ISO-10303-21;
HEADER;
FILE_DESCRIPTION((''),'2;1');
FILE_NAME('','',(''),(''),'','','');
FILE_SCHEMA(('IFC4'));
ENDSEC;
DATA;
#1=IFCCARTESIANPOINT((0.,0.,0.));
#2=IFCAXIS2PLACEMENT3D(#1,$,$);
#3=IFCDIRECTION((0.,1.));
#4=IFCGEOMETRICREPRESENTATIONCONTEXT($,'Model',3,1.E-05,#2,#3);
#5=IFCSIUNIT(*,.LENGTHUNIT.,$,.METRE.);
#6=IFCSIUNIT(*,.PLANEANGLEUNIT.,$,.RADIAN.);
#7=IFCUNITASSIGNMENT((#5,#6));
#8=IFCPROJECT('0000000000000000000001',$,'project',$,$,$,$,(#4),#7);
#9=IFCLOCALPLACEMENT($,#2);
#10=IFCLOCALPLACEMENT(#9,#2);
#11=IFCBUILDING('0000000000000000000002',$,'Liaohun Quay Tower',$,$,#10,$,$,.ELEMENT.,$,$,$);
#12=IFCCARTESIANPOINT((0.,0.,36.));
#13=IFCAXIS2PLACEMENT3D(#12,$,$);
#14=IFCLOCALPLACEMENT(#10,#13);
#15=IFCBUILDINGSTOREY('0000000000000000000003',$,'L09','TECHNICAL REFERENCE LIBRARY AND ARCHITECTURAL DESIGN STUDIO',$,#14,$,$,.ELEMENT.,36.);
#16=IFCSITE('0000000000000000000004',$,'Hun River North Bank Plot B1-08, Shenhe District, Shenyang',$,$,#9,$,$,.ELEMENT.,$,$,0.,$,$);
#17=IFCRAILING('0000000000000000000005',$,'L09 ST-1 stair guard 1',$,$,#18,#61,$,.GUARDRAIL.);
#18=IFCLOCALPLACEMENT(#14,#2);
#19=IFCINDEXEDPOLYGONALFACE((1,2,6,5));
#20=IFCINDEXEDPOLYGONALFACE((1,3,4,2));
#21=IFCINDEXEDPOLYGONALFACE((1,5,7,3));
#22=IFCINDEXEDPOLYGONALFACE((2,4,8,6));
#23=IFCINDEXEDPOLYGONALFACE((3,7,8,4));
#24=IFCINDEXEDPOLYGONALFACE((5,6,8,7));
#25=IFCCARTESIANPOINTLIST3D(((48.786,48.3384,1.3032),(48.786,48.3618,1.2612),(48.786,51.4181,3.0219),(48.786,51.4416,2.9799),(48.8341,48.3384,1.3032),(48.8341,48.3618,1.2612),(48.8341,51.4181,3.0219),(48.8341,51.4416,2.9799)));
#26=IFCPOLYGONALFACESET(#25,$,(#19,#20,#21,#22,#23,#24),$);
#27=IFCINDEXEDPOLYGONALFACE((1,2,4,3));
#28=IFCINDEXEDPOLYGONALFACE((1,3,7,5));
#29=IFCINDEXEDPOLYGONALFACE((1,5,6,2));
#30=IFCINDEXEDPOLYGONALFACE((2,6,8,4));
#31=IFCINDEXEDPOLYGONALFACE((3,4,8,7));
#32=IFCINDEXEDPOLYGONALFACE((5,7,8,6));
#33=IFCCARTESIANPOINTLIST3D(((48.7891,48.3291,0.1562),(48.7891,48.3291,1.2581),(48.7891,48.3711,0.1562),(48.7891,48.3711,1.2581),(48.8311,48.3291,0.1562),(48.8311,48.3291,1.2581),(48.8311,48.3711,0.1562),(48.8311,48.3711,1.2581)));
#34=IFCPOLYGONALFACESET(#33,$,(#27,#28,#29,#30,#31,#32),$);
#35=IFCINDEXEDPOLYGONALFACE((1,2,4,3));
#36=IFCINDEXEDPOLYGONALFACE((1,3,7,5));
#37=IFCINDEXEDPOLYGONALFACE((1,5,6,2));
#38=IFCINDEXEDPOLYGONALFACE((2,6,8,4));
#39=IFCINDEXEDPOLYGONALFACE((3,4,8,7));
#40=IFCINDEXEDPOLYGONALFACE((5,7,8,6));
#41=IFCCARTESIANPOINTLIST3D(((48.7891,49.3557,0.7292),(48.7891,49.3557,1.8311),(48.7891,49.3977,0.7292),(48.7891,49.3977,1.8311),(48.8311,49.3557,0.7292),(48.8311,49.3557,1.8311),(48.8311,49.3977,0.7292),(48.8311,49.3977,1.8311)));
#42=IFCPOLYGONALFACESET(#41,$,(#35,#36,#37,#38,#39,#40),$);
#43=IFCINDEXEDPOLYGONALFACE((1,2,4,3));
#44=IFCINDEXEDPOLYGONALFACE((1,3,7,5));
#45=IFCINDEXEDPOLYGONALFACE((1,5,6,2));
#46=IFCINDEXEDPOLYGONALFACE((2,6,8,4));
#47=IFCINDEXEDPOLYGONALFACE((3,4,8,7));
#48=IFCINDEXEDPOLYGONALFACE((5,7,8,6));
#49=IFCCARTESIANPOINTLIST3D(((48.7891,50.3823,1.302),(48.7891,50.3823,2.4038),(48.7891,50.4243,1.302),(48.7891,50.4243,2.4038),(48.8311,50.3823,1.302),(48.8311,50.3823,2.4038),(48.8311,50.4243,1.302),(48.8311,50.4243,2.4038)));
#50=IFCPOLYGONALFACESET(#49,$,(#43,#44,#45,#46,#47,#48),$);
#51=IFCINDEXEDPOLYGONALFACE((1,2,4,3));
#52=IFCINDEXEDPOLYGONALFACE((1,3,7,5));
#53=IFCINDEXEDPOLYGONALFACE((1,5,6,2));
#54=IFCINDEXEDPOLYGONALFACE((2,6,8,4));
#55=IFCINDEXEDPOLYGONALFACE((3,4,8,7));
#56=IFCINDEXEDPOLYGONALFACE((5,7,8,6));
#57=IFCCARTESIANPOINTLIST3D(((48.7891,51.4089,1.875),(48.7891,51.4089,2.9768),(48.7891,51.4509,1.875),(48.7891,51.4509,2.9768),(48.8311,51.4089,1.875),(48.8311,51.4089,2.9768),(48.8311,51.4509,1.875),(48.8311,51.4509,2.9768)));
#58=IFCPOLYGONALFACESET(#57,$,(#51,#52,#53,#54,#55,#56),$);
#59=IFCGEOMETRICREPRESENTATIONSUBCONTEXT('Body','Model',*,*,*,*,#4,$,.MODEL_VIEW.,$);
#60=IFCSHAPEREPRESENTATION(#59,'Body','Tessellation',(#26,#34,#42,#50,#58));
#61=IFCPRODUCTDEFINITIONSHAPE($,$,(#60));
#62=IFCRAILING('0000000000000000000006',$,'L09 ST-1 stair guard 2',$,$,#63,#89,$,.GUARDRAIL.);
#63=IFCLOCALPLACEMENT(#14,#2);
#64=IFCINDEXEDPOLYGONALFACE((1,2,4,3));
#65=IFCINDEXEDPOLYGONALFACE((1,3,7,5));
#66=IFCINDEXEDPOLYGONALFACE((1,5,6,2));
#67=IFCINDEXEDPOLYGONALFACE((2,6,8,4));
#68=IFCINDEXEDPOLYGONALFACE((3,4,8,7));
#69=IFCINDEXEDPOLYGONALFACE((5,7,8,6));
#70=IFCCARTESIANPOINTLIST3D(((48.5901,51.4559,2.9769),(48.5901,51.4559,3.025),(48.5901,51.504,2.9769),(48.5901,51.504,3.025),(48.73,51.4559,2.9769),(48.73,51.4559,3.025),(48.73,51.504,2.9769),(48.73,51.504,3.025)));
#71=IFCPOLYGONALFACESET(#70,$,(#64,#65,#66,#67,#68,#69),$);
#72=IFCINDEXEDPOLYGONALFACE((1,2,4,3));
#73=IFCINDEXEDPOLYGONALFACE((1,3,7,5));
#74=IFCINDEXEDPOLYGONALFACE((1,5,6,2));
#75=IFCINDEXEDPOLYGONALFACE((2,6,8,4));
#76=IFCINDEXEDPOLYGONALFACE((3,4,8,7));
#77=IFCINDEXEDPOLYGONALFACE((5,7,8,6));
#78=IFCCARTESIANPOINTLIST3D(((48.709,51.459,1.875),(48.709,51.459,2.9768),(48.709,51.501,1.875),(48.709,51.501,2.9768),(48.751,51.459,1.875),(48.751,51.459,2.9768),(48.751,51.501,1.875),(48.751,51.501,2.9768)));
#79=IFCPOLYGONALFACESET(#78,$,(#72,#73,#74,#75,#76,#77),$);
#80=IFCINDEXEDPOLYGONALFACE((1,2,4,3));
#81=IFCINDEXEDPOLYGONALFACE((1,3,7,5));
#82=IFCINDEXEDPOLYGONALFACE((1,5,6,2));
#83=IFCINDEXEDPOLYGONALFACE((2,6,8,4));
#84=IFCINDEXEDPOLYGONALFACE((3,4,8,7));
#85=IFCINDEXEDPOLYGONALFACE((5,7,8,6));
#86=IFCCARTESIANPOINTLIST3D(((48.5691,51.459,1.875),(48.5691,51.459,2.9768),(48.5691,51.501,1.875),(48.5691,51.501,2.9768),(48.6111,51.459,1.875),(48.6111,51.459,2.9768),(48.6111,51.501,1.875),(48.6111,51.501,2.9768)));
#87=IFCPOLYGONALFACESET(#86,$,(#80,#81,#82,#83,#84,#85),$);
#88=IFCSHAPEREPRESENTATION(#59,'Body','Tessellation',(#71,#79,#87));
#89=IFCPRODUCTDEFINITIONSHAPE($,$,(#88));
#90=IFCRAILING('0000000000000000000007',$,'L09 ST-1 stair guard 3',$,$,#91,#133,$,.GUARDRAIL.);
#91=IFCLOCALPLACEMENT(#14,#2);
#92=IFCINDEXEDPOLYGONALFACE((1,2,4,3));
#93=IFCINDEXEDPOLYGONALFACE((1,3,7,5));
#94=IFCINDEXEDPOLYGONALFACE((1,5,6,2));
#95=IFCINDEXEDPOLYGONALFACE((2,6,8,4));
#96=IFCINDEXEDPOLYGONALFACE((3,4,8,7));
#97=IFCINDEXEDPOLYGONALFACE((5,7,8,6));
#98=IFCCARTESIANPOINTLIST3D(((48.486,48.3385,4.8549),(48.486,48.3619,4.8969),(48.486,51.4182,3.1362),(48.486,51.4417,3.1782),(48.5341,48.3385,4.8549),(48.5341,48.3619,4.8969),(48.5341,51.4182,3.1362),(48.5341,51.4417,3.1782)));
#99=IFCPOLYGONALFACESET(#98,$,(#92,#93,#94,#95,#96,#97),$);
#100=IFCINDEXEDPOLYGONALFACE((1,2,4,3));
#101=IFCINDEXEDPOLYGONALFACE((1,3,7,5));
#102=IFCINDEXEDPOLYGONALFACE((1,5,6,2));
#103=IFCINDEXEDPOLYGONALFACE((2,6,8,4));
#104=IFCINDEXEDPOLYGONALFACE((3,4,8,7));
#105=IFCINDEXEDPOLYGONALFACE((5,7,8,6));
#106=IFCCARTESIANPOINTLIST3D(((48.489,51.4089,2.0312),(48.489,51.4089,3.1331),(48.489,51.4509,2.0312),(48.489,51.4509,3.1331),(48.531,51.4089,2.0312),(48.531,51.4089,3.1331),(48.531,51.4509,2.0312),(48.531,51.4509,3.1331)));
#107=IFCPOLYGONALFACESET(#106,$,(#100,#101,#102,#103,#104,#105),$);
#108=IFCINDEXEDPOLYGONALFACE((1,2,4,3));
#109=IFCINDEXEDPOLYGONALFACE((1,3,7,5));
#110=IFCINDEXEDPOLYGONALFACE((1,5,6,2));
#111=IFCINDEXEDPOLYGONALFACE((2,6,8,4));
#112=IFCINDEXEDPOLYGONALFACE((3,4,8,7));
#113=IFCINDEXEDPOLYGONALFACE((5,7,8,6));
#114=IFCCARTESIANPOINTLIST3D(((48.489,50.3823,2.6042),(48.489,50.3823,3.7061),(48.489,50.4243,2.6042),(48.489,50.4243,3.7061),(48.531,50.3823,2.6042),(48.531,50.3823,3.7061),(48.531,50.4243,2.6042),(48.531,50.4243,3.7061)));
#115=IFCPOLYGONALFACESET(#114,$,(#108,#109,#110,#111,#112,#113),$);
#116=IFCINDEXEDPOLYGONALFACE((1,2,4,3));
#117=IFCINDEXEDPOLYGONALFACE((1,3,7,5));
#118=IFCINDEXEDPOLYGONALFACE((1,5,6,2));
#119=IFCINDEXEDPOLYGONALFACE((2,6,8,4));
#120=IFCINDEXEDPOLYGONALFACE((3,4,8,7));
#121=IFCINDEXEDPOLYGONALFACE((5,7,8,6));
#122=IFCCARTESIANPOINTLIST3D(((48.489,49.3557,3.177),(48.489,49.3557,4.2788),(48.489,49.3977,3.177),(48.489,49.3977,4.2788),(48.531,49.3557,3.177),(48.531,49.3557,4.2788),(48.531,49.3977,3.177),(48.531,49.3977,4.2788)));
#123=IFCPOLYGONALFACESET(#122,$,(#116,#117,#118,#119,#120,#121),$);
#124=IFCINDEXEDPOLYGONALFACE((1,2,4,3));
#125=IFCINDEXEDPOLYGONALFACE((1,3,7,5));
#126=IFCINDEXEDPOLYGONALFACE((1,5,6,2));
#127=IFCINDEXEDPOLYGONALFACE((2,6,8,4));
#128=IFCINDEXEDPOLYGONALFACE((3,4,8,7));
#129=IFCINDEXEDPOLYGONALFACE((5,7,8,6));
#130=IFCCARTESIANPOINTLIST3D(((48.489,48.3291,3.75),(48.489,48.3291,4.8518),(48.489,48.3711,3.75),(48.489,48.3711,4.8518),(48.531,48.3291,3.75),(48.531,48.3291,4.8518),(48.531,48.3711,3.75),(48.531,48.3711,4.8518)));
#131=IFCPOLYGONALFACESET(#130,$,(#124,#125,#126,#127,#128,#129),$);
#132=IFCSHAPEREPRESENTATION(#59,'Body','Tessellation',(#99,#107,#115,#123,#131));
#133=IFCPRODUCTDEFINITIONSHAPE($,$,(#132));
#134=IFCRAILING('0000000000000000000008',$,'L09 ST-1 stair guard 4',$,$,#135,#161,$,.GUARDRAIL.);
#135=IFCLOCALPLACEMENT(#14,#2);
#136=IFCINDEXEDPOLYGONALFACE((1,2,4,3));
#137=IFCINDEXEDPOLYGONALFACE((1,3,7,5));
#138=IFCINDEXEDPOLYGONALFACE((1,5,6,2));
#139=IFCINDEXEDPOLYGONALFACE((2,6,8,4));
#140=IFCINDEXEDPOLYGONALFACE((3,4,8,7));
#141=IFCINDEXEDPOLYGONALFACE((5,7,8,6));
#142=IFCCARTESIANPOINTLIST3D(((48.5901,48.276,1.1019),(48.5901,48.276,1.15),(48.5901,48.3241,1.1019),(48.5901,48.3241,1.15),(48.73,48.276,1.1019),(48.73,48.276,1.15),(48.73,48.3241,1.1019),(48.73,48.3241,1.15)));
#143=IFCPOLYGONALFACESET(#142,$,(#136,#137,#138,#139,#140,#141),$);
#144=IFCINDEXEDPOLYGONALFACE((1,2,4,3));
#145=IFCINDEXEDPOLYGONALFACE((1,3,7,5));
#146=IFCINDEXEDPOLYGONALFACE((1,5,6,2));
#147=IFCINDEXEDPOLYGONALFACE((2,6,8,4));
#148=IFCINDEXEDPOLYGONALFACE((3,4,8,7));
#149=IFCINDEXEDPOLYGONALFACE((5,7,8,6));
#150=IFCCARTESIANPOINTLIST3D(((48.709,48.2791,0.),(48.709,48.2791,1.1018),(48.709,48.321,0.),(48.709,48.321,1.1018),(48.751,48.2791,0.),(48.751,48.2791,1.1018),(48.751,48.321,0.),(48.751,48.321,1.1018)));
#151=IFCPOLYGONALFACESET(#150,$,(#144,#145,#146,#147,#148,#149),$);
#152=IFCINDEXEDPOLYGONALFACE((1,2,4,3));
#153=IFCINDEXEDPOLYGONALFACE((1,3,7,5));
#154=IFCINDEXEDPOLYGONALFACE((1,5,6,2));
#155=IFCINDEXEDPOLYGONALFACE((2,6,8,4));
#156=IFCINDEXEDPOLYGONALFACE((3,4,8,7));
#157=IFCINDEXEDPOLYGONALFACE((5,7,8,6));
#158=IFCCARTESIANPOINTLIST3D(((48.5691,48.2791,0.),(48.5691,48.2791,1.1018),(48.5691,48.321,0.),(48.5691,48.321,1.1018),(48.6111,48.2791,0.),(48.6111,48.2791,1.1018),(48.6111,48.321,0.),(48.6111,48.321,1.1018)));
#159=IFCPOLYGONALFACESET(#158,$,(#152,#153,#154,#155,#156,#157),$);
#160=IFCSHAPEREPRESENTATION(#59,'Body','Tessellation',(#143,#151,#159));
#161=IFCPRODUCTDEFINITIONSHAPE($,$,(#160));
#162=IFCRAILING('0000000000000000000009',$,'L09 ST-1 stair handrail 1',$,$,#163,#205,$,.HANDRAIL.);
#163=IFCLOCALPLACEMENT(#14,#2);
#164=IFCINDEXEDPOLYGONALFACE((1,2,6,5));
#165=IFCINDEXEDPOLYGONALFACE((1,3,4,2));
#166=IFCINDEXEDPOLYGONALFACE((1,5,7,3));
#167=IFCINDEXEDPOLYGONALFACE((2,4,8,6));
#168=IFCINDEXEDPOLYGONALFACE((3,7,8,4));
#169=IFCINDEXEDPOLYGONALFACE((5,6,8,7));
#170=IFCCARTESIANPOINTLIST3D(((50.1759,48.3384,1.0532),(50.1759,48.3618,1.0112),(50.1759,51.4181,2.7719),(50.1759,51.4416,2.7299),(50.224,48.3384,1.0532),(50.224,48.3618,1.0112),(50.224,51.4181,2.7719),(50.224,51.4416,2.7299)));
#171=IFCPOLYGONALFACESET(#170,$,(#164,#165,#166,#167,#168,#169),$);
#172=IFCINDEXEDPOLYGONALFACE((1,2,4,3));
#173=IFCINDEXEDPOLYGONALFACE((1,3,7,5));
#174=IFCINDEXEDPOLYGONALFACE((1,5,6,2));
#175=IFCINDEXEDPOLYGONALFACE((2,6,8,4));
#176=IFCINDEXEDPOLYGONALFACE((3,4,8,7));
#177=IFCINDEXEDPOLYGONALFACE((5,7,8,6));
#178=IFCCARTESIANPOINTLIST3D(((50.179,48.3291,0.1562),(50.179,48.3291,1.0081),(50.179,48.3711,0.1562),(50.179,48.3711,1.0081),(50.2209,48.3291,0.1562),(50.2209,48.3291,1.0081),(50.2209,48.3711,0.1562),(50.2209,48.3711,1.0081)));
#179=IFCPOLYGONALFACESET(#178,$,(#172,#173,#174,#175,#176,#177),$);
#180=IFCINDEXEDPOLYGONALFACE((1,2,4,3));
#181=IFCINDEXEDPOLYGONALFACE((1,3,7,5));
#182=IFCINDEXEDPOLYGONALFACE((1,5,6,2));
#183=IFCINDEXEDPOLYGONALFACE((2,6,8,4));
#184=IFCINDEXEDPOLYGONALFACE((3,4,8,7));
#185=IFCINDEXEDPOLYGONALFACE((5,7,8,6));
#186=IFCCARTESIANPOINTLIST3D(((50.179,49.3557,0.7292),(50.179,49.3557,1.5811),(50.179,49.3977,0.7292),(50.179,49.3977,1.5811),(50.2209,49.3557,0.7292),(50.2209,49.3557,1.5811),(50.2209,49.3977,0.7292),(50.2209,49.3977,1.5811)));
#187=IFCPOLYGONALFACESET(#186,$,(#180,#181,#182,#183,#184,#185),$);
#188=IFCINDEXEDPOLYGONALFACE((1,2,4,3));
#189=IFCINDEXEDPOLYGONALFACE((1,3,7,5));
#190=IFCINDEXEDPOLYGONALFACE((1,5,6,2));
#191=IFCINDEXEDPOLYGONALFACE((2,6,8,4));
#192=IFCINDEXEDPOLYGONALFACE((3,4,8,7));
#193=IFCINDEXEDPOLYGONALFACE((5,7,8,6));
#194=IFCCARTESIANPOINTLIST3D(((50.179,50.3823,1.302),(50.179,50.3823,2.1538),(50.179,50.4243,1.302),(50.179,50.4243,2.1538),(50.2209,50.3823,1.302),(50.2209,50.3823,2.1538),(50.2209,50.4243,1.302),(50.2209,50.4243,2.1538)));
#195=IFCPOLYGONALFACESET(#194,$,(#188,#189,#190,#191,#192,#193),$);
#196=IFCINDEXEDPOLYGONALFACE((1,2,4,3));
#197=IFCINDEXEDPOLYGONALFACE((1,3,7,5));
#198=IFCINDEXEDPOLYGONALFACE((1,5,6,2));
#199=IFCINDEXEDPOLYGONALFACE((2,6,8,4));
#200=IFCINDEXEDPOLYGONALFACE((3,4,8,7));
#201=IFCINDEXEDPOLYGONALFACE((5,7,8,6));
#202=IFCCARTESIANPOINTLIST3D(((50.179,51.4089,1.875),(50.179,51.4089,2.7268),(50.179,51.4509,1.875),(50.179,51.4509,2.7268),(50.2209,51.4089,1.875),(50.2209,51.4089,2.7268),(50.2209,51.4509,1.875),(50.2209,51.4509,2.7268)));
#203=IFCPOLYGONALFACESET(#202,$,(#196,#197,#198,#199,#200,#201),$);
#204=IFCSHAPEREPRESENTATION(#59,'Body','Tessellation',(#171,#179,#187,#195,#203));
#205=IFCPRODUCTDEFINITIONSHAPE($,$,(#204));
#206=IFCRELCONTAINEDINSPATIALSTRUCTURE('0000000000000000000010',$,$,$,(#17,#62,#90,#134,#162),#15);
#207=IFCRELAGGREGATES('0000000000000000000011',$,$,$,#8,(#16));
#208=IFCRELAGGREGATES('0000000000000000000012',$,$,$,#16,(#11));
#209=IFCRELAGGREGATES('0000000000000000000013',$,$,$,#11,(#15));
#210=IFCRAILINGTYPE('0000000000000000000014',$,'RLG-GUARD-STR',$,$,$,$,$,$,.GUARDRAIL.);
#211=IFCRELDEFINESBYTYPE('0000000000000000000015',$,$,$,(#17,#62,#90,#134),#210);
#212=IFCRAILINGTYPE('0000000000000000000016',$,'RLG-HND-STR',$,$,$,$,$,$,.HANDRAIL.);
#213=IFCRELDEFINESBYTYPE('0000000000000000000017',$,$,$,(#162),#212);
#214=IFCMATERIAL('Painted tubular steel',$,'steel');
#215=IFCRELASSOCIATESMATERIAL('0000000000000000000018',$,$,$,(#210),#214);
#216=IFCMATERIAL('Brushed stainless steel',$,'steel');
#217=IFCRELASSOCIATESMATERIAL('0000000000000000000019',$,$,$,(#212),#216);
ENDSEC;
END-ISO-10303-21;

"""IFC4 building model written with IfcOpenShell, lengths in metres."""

from ifc_helpers import new_model, si_unit, direction, frame, origin, origin_2d, place, context, subcontext, project, spatial, rectangle, extrude, material, type_object, element, save


model = new_model("IFC4")

# Units and contexts
model_context = context("Model", 3, precision=1e-05, world=origin(), true_north=direction((0.0, 1.0)))
body_context = subcontext(model_context, "Body", "Model", "MODEL_VIEW")
ifc_project = project(units=[si_unit("LENGTHUNIT", "METRE"), si_unit("PLANEANGLEUNIT", "RADIAN")], contexts=[model_context])

# Site, building, storey
site_placement = place(None, origin())
site = spatial("IfcSite", under=ifc_project, at=site_placement, Name="Hun River North Bank Plot B1-08, Shenhe District, Shenyang", CompositionType="ELEMENT", RefElevation=0.0)
building_placement = place(site_placement, origin())
building = spatial("IfcBuilding", under=site, at=building_placement, Name="Liaohun Quay Tower", CompositionType="ELEMENT")
storey_placement = place(building_placement, frame((0.0, 0.0, 36.0)))
storey = spatial("IfcBuildingStorey", under=building, at=storey_placement, Name="L09", Description="TECHNICAL REFERENCE LIBRARY AND ARCHITECTURAL DESIGN STUDIO", CompositionType="ELEMENT", Elevation=36.0)

# Railings
ifc_material_1 = material(Name="Painted tubular steel", Category="steel")
railing_type_1 = type_object("IfcRailingType", Name="RLG-GUARD-STR", PredefinedType="GUARDRAIL", material=ifc_material_1)
railing_1_placement = place(storey_placement, frame((48.8101, 48.3501, 0.1562)))
element("IfcRailing", 1, at=railing_1_placement, inside=storey, type_object=railing_type_1, Name="L09 ST-1 stair guard 1", PredefinedType="GUARDRAIL", context=body_context, shape_type="SweptSolid", body=[
    extrude(rectangle(XDim=0.0481, YDim=0.0481, at=origin_2d()), frame((0.0, 0.0, 1.126), z_axis=(0.0, 0.873225, 0.487317), x_axis=(-1.0, 0.0, 0.0)), (0.0, 0.0, 1.0), 3.5269),
    extrude(rectangle(XDim=0.042, YDim=0.042, at=origin_2d()), origin(), (0.0, 0.0, 1.0), 1.1018),
    extrude(rectangle(XDim=0.042, YDim=0.042, at=origin_2d()), frame((0.0, 1.0266, 0.573)), (0.0, 0.0, 1.0), 1.1018),
    extrude(rectangle(XDim=0.042, YDim=0.042, at=origin_2d()), frame((0.0, 2.0532, 1.1458)), (0.0, 0.0, 1.0), 1.1018),
    extrude(rectangle(XDim=0.042, YDim=0.042, at=origin_2d()), frame((0.0, 3.0798, 1.7188)), (0.0, 0.0, 1.0), 1.1018),
])
railing_2_placement = place(storey_placement, frame((48.73, 51.48, 1.875)))
element("IfcRailing", 2, at=railing_2_placement, inside=storey, type_object=railing_type_1, Name="L09 ST-1 stair guard 2", PredefinedType="GUARDRAIL", context=body_context, shape_type="SweptSolid", body=[
    extrude(rectangle(XDim=0.0481, YDim=0.0481, at=origin_2d()), frame((0.0, 0.0, 1.126), z_axis=(-1.0, 0.0, 0.0), x_axis=(0.0, -1.0, 0.0)), (0.0, 0.0, 1.0), 0.1399),
    extrude(rectangle(XDim=0.042, YDim=0.042, at=origin_2d()), origin(), (0.0, 0.0, 1.0), 1.1018),
    extrude(rectangle(XDim=0.042, YDim=0.042, at=origin_2d()), frame((-0.1399, 0.0, 0.0)), (0.0, 0.0, 1.0), 1.1018),
])
railing_3_placement = place(storey_placement, frame((48.51, 51.4299, 2.0312)))
element("IfcRailing", 3, at=railing_3_placement, inside=storey, type_object=railing_type_1, Name="L09 ST-1 stair guard 3", PredefinedType="GUARDRAIL", context=body_context, shape_type="SweptSolid", body=[
    extrude(rectangle(XDim=0.0481, YDim=0.0481, at=origin_2d()), frame((0.0, 0.0, 1.126), z_axis=(0.0, -0.873225, 0.487317), x_axis=(1.0, 0.0, 0.0)), (0.0, 0.0, 1.0), 3.5269),
    extrude(rectangle(XDim=0.042, YDim=0.042, at=origin_2d()), origin(), (0.0, 0.0, 1.0), 1.1018),
    extrude(rectangle(XDim=0.042, YDim=0.042, at=origin_2d()), frame((0.0, -1.0266, 0.573)), (0.0, 0.0, 1.0), 1.1018),
    extrude(rectangle(XDim=0.042, YDim=0.042, at=origin_2d()), frame((0.0, -2.0532, 1.1458)), (0.0, 0.0, 1.0), 1.1018),
    extrude(rectangle(XDim=0.042, YDim=0.042, at=origin_2d()), frame((0.0, -3.0798, 1.7188)), (0.0, 0.0, 1.0), 1.1018),
])
railing_4_placement = place(storey_placement, frame((48.73, 48.3, 0.0)))
element("IfcRailing", 4, at=railing_4_placement, inside=storey, type_object=railing_type_1, Name="L09 ST-1 stair guard 4", PredefinedType="GUARDRAIL", context=body_context, shape_type="SweptSolid", body=[
    extrude(rectangle(XDim=0.0481, YDim=0.0481, at=origin_2d()), frame((0.0, 0.0, 1.126), z_axis=(-1.0, 0.0, 0.0), x_axis=(0.0, -1.0, 0.0)), (0.0, 0.0, 1.0), 0.1399),
    extrude(rectangle(XDim=0.042, YDim=0.042, at=origin_2d()), origin(), (0.0, 0.0, 1.0), 1.1018),
    extrude(rectangle(XDim=0.042, YDim=0.042, at=origin_2d()), frame((-0.1399, 0.0, 0.0)), (0.0, 0.0, 1.0), 1.1018),
])
ifc_material_2 = material(Name="Brushed stainless steel", Category="steel")
railing_type_2 = type_object("IfcRailingType", Name="RLG-HND-STR", PredefinedType="HANDRAIL", material=ifc_material_2)
railing_5_placement = place(storey_placement, frame((50.2, 48.3501, 0.1562)))
element("IfcRailing", 5, at=railing_5_placement, inside=storey, type_object=railing_type_2, Name="L09 ST-1 stair handrail 1", PredefinedType="HANDRAIL", context=body_context, shape_type="SweptSolid", body=[
    extrude(rectangle(XDim=0.0481, YDim=0.0481, at=origin_2d()), frame((0.0, 0.0, 0.876), z_axis=(0.0, 0.873225, 0.487317), x_axis=(-1.0, 0.0, 0.0)), (0.0, 0.0, 1.0), 3.5269),
    extrude(rectangle(XDim=0.042, YDim=0.042, at=origin_2d()), origin(), (0.0, 0.0, 1.0), 0.8518),
    extrude(rectangle(XDim=0.042, YDim=0.042, at=origin_2d()), frame((0.0, 1.0266, 0.573)), (0.0, 0.0, 1.0), 0.8518),
    extrude(rectangle(XDim=0.042, YDim=0.042, at=origin_2d()), frame((0.0, 2.0532, 1.1458)), (0.0, 0.0, 1.0), 0.8518),
    extrude(rectangle(XDim=0.042, YDim=0.042, at=origin_2d()), frame((0.0, 3.0798, 1.7188)), (0.0, 0.0, 1.0), 0.8518),
])

save(model, "model.ifc")
